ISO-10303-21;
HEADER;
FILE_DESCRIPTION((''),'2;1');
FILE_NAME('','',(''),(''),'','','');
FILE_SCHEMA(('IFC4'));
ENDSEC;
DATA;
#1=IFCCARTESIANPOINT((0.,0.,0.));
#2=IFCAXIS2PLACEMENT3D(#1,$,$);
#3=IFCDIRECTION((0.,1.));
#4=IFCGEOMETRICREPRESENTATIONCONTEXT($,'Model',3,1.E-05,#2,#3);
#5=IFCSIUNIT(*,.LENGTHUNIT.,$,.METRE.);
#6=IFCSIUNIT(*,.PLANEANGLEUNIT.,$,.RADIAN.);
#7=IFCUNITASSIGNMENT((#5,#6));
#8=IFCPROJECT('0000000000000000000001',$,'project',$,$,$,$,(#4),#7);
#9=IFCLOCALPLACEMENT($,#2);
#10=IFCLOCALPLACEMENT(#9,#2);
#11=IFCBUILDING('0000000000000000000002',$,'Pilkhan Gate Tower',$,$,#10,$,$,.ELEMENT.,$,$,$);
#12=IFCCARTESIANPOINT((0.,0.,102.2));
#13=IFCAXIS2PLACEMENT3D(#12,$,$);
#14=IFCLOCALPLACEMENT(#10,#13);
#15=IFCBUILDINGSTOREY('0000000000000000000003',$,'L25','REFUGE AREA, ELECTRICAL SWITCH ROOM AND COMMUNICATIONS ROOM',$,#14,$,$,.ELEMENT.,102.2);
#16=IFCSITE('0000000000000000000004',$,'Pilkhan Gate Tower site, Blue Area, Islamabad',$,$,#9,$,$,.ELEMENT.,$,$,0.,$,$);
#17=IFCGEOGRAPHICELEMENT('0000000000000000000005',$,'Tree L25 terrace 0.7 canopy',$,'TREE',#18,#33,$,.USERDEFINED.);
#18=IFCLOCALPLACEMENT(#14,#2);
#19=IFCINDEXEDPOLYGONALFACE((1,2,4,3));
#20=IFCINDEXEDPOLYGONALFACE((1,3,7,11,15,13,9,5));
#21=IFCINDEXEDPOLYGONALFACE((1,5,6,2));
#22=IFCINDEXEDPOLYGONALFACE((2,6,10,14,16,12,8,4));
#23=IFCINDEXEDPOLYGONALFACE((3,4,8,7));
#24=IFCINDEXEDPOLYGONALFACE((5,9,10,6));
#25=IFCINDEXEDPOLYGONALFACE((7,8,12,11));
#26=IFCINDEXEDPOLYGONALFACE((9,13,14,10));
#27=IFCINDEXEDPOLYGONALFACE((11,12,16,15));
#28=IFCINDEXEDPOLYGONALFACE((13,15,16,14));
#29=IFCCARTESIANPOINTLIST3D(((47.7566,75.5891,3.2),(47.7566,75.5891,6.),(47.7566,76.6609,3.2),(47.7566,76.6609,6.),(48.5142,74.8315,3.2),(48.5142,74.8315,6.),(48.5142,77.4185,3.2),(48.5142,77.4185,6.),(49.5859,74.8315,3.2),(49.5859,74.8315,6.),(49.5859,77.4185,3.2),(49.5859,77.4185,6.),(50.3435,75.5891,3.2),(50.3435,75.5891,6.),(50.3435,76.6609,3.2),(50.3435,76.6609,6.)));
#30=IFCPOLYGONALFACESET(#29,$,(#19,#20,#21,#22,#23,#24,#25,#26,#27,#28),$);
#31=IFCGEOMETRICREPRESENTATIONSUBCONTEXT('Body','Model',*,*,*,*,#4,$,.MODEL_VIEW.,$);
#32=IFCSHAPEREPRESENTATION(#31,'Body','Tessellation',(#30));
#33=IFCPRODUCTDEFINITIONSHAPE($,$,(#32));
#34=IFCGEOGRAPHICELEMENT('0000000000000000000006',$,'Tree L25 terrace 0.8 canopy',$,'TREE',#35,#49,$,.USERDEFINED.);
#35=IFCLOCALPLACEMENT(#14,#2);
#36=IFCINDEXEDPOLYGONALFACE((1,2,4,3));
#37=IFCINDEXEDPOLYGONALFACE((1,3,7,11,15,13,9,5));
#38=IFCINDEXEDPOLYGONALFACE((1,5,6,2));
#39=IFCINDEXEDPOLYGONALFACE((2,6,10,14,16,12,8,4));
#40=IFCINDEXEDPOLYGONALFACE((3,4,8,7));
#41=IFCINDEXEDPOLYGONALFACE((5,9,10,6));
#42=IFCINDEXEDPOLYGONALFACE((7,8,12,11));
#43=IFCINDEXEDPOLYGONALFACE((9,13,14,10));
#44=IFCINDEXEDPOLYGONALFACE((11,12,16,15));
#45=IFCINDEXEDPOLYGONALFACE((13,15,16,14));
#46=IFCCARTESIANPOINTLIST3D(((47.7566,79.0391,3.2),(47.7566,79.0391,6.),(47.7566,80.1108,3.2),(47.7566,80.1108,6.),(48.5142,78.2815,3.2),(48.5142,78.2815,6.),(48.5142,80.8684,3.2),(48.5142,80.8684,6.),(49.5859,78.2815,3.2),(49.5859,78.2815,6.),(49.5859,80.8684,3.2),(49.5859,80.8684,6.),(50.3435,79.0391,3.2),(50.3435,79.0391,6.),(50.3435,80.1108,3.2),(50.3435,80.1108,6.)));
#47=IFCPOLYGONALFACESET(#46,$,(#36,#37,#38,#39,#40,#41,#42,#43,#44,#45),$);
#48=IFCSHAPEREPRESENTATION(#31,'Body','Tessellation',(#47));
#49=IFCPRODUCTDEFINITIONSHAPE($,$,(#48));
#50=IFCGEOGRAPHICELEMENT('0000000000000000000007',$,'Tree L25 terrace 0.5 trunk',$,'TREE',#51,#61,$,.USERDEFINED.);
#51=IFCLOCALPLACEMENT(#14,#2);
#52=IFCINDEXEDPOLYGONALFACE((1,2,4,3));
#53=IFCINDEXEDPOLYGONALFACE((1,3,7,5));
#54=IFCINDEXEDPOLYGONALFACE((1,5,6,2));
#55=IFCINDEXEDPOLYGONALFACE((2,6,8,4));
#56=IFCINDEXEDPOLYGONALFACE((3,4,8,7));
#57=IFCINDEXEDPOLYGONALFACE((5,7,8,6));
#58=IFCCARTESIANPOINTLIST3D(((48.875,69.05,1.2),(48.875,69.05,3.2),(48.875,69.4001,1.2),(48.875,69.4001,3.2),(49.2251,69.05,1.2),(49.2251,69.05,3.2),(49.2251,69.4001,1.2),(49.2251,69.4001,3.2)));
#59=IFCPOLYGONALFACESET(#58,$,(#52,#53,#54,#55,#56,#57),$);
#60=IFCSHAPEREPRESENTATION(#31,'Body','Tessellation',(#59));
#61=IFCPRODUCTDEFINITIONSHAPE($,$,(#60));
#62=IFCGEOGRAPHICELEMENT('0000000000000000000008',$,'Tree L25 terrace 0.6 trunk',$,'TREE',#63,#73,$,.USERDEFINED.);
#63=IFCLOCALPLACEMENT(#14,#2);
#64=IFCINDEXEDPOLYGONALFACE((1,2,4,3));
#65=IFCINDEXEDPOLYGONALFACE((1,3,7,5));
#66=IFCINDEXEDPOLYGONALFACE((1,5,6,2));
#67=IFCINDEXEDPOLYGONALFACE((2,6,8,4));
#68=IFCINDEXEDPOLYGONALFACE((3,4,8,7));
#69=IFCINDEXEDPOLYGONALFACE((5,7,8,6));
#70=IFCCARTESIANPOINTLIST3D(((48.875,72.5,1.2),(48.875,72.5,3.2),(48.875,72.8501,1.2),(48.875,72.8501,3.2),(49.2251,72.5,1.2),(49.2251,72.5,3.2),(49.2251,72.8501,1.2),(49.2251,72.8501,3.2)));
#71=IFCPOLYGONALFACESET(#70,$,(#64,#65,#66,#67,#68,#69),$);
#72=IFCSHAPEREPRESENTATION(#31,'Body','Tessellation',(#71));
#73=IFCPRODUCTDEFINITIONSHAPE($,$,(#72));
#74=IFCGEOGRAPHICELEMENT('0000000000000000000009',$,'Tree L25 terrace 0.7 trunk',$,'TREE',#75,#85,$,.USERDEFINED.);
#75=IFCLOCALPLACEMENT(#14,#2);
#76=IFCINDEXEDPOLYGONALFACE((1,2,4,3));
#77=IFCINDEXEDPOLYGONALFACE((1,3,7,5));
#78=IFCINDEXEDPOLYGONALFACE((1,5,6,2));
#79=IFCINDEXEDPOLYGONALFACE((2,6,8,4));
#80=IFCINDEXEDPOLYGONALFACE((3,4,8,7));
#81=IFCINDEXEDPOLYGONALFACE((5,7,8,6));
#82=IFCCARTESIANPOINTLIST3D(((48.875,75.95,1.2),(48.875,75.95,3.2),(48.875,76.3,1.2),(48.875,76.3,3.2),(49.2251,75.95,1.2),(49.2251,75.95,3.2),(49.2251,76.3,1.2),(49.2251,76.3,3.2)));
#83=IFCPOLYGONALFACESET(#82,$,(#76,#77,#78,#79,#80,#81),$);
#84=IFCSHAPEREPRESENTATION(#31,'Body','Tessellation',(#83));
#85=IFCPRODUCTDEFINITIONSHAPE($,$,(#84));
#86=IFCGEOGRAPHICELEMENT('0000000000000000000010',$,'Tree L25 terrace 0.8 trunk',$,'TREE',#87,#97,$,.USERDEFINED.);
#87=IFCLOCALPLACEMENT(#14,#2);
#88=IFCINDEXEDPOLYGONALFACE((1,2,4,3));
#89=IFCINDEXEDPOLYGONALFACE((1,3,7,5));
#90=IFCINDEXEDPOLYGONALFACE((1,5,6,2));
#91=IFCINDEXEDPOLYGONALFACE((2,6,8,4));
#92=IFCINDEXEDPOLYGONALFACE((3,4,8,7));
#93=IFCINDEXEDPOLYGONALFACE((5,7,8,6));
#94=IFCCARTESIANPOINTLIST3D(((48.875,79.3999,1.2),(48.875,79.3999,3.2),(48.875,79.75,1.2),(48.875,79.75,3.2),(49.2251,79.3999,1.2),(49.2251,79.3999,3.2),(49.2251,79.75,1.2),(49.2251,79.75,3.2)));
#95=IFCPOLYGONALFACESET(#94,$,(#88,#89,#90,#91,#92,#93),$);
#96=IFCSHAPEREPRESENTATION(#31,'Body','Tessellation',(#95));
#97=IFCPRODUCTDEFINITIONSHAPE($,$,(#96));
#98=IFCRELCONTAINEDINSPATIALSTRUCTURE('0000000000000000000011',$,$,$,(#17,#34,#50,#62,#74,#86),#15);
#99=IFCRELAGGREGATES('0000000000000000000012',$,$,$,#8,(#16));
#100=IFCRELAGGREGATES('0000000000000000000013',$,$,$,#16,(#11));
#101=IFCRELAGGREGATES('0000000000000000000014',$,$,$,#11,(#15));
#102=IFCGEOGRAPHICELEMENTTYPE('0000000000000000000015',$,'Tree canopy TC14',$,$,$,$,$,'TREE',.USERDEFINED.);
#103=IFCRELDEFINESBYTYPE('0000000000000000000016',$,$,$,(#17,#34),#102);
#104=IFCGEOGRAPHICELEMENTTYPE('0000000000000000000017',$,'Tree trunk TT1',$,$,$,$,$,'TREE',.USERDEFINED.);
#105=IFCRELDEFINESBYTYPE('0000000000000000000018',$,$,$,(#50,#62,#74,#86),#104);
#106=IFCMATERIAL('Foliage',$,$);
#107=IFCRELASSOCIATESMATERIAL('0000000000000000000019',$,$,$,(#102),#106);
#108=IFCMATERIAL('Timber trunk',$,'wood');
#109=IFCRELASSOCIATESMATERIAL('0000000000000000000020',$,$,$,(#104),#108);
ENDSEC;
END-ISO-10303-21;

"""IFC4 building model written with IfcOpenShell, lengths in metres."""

from ifc_helpers import new_model, si_unit, direction, frame, origin, origin_2d, place, context, subcontext, project, spatial, polyline, rectangle, outline, extrude, material, material_profile, profile_set, type_object, element, save


model = new_model("IFC4")

# Units and contexts
model_context = context("Model", 3, precision=1e-05, world=origin(), true_north=direction((0.0, 1.0)))
body_context = subcontext(model_context, "Body", "Model", "MODEL_VIEW")
ifc_project = project(units=[si_unit("LENGTHUNIT", "METRE"), si_unit("PLANEANGLEUNIT", "RADIAN")], contexts=[model_context])

# Site, building, storey
site_placement = place(None, origin())
site = spatial("IfcSite", under=ifc_project, at=site_placement, Name="Pilkhan Gate Tower site, Blue Area, Islamabad", CompositionType="ELEMENT", RefElevation=0.0)
building_placement = place(site_placement, origin())
building = spatial("IfcBuilding", under=site, at=building_placement, Name="Pilkhan Gate Tower", CompositionType="ELEMENT")
storey_placement = place(building_placement, frame((0.0, 0.0, 102.2)))
storey = spatial("IfcBuildingStorey", under=building, at=storey_placement, Name="L25", Description="REFUGE AREA, ELECTRICAL SWITCH ROOM AND COMMUNICATIONS ROOM", CompositionType="ELEMENT", Elevation=102.2)

# Geographic elements
ifc_material_1 = material(Name="Foliage")
ifc_material_profile_1 = material_profile(ifc_material_1, outline(polyline([(1.2935, 0.5359), (0.5359, 1.2935), (-0.5359, 1.2935), (-1.2935, 0.5359), (-1.2935, -0.5359), (-0.5359, -1.2935), (0.5359, -1.2935), (1.2935, -0.5359), (1.2935, 0.5359)])), Name="Canopy D2.8")
ifc_profile_set_1 = profile_set([ifc_material_profile_1], Name="Foliage")
geographic_element_type_1 = type_object("IfcGeographicElementType", Name="Tree canopy TC14", ElementType="TREE", PredefinedType="USERDEFINED", material=ifc_profile_set_1)
for number, where, z_axis, x_axis, name in (
    (1, (49.05, 76.125, 3.2), (0.0, 0.0, 1.0), (1.0, 0.0, 0.0), "Tree L25 terrace 0.7 canopy"),
    (2, (49.05, 79.575, 3.2), (0.0, 0.0, 1.0), (1.0, 0.0, 0.0), "Tree L25 terrace 0.8 canopy"),
):
    element("IfcGeographicElement", number, at=place(storey_placement, frame(where, z_axis=z_axis, x_axis=x_axis)), inside=storey, type_object=geographic_element_type_1, Name=name, ObjectType="TREE", PredefinedType="USERDEFINED", context=body_context, shape_type="SweptSolid", body=[
        extrude(outline(polyline([(1.2935, 0.5359), (0.5359, 1.2935), (-0.5359, 1.2935), (-1.2935, 0.5359), (-1.2935, -0.5359), (-0.5359, -1.2935), (0.5359, -1.2935), (1.2935, -0.5359), (1.2935, 0.5359)])), origin(), (0.0, 0.0, 1.0), 2.8),
    ])
ifc_material_2 = material(Name="Timber trunk", Category="wood")
geographic_element_type_2 = type_object("IfcGeographicElementType", Name="Tree trunk TT1", ElementType="TREE", PredefinedType="USERDEFINED", material=ifc_material_2)
for number, where, z_axis, x_axis, name in (
    (3, (49.05, 69.2251, 1.2), (0.0, 0.0, 1.0), (1.0, 0.0, 0.0), "Tree L25 terrace 0.5 trunk"),
    (4, (49.05, 72.675, 1.2), (0.0, 0.0, 1.0), (1.0, 0.0, 0.0), "Tree L25 terrace 0.6 trunk"),
    (5, (49.05, 76.125, 1.2), (0.0, 0.0, 1.0), (1.0, 0.0, 0.0), "Tree L25 terrace 0.7 trunk"),
    (6, (49.05, 79.575, 1.2), (0.0, 0.0, 1.0), (1.0, 0.0, 0.0), "Tree L25 terrace 0.8 trunk"),
):
    element("IfcGeographicElement", number, at=place(storey_placement, frame(where, z_axis=z_axis, x_axis=x_axis)), inside=storey, type_object=geographic_element_type_2, Name=name, ObjectType="TREE", PredefinedType="USERDEFINED", context=body_context, shape_type="SweptSolid", body=[
        extrude(rectangle(XDim=0.3501, YDim=0.3501, at=origin_2d()), origin(), (0.0, 0.0, 1.0), 2.0),
    ])

save(model, "model.ifc")
